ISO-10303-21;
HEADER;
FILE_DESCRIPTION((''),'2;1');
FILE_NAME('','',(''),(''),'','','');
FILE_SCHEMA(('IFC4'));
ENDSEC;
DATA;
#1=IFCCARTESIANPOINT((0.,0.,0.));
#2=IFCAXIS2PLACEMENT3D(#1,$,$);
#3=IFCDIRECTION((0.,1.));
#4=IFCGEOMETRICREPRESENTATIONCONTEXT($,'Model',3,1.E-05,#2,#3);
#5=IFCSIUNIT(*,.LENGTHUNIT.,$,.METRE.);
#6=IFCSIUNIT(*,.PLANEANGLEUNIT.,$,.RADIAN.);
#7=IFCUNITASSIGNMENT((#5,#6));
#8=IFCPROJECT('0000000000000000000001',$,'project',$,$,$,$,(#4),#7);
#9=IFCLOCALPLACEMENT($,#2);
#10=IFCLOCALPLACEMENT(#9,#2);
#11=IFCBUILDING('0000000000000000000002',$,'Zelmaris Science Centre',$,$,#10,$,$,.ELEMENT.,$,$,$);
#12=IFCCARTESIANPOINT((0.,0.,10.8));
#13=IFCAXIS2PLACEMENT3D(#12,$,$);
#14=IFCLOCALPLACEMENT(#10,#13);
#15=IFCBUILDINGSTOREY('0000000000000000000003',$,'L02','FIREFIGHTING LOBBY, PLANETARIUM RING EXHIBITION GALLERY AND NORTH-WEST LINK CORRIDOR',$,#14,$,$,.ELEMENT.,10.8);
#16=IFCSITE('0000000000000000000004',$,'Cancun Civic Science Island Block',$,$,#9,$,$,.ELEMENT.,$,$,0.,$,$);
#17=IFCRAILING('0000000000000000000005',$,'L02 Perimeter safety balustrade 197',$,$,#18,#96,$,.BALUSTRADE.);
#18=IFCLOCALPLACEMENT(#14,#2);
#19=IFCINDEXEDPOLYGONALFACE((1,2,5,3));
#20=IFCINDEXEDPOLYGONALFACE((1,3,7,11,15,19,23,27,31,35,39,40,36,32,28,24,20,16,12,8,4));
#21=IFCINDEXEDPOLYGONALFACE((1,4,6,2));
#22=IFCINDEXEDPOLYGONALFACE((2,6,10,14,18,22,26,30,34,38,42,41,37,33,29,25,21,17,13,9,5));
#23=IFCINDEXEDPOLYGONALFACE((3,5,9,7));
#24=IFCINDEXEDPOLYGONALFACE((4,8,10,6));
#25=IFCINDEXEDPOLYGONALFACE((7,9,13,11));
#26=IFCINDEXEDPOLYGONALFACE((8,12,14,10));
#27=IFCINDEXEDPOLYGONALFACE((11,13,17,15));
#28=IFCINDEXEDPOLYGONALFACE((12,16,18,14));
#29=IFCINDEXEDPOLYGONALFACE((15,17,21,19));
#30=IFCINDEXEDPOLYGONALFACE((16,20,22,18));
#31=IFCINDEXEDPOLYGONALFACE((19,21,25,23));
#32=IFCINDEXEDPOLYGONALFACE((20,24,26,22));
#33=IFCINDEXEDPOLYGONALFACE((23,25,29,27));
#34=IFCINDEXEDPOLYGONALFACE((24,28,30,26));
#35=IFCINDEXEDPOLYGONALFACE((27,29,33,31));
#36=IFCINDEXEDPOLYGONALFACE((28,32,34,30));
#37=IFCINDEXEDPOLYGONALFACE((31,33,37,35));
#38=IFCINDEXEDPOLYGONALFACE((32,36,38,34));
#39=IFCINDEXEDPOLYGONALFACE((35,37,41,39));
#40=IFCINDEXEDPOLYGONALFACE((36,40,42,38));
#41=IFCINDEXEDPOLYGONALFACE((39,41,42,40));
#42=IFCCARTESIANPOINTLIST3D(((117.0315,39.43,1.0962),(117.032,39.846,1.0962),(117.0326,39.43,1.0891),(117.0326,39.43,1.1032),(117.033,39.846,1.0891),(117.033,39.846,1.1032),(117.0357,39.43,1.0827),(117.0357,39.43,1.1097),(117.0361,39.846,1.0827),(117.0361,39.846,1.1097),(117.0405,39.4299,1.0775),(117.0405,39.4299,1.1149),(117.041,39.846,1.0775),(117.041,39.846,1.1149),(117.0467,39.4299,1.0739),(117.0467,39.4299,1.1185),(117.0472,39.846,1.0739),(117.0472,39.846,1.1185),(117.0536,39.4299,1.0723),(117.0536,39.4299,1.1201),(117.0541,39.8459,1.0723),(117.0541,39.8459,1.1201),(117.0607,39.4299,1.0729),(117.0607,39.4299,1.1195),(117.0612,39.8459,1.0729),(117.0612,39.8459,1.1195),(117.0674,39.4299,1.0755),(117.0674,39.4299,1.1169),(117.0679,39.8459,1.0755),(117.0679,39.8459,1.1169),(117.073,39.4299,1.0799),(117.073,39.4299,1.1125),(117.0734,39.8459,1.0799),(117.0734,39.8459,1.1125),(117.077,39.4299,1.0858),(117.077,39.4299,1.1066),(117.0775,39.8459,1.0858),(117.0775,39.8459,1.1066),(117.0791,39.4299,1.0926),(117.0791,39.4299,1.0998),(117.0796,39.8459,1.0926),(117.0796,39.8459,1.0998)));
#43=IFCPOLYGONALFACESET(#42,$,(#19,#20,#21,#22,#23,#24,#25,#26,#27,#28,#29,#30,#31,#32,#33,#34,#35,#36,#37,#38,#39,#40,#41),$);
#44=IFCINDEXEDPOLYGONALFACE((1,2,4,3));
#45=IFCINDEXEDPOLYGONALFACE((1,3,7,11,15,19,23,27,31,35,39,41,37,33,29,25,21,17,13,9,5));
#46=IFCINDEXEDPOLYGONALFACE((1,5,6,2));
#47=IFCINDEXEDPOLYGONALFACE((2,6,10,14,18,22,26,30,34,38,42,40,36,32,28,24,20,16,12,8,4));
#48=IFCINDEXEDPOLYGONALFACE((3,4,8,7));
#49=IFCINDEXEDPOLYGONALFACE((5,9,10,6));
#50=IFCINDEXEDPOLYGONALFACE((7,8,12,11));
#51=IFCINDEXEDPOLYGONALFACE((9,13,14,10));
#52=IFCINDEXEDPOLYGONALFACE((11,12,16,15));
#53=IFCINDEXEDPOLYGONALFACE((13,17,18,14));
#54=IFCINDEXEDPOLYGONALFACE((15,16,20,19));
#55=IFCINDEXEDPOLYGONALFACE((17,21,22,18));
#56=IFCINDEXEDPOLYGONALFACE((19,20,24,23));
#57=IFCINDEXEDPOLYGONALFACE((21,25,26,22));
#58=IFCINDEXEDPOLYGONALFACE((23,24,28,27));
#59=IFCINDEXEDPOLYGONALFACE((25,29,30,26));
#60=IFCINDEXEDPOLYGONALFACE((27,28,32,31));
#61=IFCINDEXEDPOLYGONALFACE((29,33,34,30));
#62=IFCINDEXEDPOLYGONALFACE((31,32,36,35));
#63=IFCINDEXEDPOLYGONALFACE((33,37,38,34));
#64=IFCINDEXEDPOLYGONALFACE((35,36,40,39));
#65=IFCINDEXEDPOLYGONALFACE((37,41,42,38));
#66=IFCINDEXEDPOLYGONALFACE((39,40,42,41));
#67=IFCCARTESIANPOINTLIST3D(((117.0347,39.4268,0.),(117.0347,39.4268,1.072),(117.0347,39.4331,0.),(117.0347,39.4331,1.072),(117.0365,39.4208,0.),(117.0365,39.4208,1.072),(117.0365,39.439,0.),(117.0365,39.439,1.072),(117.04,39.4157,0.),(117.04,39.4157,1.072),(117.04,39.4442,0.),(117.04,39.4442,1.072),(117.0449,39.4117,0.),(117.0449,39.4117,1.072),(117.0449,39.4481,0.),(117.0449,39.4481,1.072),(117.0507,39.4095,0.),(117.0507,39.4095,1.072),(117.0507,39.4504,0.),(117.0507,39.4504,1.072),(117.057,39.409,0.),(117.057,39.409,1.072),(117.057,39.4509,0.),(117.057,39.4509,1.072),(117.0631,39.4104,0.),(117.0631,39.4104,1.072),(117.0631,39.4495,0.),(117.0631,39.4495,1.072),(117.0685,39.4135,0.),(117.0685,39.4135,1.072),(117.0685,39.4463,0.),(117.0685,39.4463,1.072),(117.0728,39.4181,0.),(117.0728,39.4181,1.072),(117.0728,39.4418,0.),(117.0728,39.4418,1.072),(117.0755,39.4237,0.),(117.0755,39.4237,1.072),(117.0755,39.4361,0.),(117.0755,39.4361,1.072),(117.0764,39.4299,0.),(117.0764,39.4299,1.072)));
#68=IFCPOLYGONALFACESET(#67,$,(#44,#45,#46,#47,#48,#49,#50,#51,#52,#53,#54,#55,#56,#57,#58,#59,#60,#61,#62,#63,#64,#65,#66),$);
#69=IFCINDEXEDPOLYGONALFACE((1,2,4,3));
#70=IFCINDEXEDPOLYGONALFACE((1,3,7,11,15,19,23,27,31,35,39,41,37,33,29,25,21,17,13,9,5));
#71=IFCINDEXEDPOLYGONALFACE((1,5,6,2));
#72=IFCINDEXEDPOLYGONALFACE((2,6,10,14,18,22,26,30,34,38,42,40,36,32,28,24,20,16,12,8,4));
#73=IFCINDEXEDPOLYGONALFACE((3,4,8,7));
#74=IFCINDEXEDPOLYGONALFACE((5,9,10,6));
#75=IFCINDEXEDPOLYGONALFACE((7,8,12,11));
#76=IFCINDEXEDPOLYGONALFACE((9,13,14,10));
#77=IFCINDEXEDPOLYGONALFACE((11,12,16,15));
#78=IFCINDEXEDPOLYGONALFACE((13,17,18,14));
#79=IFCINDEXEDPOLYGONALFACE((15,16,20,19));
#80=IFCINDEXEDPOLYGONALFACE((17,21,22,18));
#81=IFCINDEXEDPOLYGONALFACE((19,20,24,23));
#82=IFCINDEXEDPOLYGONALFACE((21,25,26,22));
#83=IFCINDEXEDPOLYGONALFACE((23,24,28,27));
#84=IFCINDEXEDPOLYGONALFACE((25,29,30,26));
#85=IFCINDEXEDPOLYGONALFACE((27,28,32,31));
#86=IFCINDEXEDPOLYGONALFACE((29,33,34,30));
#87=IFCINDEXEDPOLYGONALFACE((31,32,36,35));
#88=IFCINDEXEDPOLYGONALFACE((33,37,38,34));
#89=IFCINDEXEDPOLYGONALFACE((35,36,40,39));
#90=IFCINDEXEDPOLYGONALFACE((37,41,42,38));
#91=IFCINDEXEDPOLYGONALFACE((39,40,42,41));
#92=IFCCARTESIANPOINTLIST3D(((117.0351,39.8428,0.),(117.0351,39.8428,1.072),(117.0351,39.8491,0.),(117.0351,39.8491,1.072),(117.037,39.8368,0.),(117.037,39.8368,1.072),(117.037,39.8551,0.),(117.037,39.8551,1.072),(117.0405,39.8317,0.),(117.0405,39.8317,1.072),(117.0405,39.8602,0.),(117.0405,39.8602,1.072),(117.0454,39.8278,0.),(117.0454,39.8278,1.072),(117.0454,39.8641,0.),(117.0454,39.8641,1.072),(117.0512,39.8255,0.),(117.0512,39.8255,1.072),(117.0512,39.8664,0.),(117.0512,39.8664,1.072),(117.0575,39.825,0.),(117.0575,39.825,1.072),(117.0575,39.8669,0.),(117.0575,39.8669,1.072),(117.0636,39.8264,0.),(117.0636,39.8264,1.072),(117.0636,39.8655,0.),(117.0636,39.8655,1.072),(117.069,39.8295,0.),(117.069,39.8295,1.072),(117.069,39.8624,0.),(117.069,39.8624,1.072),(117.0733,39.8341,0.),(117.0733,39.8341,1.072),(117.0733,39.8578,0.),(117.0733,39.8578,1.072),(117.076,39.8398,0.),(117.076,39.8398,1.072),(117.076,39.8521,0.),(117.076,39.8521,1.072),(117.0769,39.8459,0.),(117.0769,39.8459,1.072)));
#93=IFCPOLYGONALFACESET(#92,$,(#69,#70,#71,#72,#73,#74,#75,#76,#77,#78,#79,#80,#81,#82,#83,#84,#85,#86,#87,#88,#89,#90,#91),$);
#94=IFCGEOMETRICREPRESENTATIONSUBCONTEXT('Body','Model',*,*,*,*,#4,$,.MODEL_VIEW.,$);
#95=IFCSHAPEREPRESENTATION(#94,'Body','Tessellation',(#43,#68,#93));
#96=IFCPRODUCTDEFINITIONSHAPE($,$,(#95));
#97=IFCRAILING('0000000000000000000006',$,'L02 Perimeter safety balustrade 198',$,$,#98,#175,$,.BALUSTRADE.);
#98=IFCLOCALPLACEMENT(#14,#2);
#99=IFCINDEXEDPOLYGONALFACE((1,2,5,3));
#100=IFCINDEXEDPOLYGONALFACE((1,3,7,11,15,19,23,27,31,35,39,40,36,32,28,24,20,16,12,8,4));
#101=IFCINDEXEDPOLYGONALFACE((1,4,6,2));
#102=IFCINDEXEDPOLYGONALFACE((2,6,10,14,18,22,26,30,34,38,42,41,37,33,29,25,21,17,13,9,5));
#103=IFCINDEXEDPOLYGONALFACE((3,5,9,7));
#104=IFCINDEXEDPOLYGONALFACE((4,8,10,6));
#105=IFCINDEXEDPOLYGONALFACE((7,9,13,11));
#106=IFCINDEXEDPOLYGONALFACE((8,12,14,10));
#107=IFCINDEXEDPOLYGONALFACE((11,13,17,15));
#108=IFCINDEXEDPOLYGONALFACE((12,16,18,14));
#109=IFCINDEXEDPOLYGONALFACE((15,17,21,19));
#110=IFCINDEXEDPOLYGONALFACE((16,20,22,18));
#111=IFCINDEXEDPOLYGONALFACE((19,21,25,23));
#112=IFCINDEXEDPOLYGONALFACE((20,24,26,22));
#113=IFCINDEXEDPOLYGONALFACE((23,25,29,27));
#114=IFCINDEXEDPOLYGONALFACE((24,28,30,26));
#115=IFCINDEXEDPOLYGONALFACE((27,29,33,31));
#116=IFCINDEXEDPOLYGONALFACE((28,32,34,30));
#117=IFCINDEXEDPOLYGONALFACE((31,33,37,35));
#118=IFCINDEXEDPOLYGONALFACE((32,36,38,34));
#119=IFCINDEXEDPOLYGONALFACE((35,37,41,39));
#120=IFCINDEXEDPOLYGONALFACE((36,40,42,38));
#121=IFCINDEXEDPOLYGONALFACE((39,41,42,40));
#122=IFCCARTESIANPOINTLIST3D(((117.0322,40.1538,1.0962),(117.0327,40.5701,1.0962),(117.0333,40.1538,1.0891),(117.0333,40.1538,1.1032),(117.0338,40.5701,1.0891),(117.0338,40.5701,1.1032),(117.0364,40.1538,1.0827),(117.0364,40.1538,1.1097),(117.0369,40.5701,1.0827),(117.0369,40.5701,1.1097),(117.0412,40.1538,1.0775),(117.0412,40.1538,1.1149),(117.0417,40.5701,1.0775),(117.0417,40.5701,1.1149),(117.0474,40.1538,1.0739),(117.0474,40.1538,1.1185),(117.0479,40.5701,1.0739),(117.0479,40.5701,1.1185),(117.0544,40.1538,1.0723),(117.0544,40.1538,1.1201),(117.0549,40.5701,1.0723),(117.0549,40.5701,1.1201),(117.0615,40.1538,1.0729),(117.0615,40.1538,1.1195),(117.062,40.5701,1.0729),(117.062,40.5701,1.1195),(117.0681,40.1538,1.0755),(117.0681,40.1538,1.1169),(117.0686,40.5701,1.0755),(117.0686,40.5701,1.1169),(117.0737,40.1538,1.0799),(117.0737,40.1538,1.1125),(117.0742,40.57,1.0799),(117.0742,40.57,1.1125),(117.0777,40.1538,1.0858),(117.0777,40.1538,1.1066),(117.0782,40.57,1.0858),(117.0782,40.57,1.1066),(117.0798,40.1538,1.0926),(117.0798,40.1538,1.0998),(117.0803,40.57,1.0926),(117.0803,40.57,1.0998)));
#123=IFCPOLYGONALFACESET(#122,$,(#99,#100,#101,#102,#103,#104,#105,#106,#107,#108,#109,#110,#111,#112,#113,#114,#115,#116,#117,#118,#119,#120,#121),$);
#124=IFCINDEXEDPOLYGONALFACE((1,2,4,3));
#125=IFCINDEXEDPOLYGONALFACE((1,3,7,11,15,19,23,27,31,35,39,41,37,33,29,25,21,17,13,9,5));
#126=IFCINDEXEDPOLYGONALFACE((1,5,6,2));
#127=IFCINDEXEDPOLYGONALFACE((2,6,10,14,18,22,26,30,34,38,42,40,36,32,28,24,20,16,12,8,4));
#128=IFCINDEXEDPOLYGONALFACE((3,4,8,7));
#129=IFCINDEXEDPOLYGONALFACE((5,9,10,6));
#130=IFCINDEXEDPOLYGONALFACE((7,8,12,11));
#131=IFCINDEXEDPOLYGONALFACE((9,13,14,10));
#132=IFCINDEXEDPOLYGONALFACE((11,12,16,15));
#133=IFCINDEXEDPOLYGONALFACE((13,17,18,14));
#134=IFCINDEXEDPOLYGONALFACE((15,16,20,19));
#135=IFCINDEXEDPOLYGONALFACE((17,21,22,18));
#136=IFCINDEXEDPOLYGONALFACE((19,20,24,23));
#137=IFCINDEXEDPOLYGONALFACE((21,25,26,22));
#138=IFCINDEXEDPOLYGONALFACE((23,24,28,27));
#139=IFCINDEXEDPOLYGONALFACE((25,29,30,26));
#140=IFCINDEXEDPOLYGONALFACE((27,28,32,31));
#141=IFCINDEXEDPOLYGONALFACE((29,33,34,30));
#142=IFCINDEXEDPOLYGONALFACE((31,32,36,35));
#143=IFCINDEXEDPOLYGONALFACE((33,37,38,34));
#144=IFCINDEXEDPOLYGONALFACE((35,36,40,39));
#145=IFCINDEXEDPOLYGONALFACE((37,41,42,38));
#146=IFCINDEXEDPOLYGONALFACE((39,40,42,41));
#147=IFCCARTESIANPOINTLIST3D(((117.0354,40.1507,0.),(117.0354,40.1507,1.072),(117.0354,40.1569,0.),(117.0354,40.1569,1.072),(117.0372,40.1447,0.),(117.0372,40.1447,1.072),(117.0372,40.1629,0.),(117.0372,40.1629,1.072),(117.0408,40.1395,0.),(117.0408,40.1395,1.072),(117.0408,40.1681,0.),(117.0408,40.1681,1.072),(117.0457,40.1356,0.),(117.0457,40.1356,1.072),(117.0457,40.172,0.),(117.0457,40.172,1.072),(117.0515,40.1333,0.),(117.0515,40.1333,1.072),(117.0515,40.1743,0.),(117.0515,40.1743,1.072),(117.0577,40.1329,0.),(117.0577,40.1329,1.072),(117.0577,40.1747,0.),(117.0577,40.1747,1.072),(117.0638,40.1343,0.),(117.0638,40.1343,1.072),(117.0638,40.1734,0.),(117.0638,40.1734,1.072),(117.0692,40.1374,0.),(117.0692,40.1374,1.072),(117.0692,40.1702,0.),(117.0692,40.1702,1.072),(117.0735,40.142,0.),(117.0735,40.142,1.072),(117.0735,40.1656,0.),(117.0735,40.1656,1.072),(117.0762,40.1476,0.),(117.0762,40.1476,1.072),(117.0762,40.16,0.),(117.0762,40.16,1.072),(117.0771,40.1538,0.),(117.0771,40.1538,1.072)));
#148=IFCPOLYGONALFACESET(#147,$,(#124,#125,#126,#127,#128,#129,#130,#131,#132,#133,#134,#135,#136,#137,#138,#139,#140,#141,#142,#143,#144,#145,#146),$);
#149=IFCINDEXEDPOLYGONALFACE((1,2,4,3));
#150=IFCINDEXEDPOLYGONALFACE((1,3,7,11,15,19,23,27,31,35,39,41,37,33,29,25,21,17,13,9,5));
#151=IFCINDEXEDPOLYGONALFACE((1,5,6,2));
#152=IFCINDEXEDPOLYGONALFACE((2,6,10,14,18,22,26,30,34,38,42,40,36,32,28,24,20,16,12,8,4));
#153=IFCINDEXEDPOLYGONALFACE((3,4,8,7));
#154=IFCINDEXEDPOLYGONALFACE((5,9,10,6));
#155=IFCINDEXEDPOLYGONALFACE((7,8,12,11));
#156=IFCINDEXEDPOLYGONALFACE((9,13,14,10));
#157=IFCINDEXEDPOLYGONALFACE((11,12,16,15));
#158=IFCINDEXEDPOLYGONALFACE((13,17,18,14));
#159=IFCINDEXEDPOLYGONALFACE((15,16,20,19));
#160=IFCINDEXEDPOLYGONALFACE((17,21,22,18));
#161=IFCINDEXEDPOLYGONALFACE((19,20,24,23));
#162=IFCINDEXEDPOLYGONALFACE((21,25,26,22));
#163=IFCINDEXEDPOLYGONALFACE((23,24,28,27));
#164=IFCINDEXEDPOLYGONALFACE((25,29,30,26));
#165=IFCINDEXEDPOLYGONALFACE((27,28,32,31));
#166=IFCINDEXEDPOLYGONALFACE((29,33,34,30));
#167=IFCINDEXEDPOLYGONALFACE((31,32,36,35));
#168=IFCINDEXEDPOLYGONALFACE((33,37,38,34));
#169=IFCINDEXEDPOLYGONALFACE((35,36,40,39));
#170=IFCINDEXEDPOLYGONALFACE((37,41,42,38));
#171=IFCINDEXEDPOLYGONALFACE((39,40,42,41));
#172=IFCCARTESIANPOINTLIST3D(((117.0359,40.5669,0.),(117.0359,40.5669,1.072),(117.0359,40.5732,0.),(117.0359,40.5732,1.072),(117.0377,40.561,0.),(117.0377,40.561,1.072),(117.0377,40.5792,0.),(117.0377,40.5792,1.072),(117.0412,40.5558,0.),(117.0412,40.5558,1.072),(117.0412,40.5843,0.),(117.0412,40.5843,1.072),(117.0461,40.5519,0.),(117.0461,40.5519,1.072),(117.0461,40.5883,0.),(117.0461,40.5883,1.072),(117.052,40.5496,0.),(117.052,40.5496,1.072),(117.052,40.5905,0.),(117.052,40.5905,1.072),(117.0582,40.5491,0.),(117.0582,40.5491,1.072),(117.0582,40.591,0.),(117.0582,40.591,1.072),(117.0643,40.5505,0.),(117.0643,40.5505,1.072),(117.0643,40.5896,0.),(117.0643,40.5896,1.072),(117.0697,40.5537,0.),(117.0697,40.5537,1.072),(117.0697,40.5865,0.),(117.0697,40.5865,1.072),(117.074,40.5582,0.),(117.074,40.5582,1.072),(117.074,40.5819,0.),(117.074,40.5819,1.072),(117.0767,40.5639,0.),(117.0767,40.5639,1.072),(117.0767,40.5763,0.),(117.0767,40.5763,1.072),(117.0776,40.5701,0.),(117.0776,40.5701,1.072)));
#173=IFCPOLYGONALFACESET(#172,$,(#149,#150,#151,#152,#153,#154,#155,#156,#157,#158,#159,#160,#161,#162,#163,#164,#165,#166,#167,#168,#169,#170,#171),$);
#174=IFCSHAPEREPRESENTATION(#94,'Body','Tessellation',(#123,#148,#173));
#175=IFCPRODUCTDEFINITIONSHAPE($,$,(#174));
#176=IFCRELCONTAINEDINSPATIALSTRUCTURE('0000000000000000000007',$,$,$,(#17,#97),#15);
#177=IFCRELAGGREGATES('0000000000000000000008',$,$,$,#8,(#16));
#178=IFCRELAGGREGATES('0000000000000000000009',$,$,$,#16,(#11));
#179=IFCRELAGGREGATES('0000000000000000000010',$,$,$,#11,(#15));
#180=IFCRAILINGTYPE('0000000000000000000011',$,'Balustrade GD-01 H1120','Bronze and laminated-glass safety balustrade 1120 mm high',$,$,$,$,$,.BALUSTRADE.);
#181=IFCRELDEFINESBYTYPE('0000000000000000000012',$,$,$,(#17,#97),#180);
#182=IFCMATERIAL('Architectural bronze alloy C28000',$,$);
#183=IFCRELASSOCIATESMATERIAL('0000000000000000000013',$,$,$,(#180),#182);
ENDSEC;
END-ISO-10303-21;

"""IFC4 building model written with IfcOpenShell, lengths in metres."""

from ifc_helpers import new_model, si_unit, direction, frame, origin, origin_2d, place, context, subcontext, project, spatial, circle, extrude, material, type_object, element, save


model = new_model("IFC4")

# Units and contexts
model_context = context("Model", 3, precision=1e-05, world=origin(), true_north=direction((0.0, 1.0)))
body_context = subcontext(model_context, "Body", "Model", "MODEL_VIEW")
ifc_project = project(units=[si_unit("LENGTHUNIT", "METRE"), si_unit("PLANEANGLEUNIT", "RADIAN")], contexts=[model_context])

# Site, building, storey
site_placement = place(None, origin())
site = spatial("IfcSite", under=ifc_project, at=site_placement, Name="Cancun Civic Science Island Block", CompositionType="ELEMENT", RefElevation=0.0)
building_placement = place(site_placement, origin())
building = spatial("IfcBuilding", under=site, at=building_placement, Name="Zelmaris Science Centre", CompositionType="ELEMENT")
storey_placement = place(building_placement, frame((0.0, 0.0, 10.8)))
storey = spatial("IfcBuildingStorey", under=building, at=storey_placement, Name="L02", Description="FIREFIGHTING LOBBY, PLANETARIUM RING EXHIBITION GALLERY AND NORTH-WEST LINK CORRIDOR", CompositionType="ELEMENT", Elevation=10.8)

# Railings
ifc_material_1 = material(Name="Architectural bronze alloy C28000")
railing_type = type_object("IfcRailingType", Name="Balustrade GD-01 H1120", Description="Bronze and laminated-glass safety balustrade 1120 mm high", PredefinedType="BALUSTRADE", material=ifc_material_1)
railing_1_placement = place(storey_placement, frame((117.0554, 39.4299, 0.0)))
element("IfcRailing", 1, at=railing_1_placement, inside=storey, type_object=railing_type, Name="L02 Perimeter safety balustrade 197", PredefinedType="BALUSTRADE", context=body_context, shape_type="SweptSolid", body=[
    extrude(circle(Radius=0.0239, at=origin_2d()), frame((0.0, 0.0, 1.0962), z_axis=(0.001174, 0.999999, 0.0), x_axis=(-0.999999, 0.001174, 0.0)), (0.0, 0.0, 1.0), 0.416),
    extrude(circle(Radius=0.021, at=origin_2d()), origin(), (0.0, 0.0, 1.0), 1.072),
    extrude(circle(Radius=0.021, at=origin_2d()), frame((0.0005, 0.416, 0.0)), (0.0, 0.0, 1.0), 1.072),
])
railing_2_placement = place(storey_placement, frame((117.0562, 40.1538, 0.0)))
element("IfcRailing", 2, at=railing_2_placement, inside=storey, type_object=railing_type, Name="L02 Perimeter safety balustrade 198", PredefinedType="BALUSTRADE", context=body_context, shape_type="SweptSolid", body=[
    extrude(circle(Radius=0.0239, at=origin_2d()), frame((0.0, 0.0, 1.0962), z_axis=(0.001173, 0.999999, 0.0), x_axis=(-0.999999, 0.001173, 0.0)), (0.0, 0.0, 1.0), 0.4163),
    extrude(circle(Radius=0.021, at=origin_2d()), origin(), (0.0, 0.0, 1.0), 1.072),
    extrude(circle(Radius=0.021, at=origin_2d()), frame((0.0005, 0.4163, 0.0)), (0.0, 0.0, 1.0), 1.072),
])

save(model, "model.ifc")
